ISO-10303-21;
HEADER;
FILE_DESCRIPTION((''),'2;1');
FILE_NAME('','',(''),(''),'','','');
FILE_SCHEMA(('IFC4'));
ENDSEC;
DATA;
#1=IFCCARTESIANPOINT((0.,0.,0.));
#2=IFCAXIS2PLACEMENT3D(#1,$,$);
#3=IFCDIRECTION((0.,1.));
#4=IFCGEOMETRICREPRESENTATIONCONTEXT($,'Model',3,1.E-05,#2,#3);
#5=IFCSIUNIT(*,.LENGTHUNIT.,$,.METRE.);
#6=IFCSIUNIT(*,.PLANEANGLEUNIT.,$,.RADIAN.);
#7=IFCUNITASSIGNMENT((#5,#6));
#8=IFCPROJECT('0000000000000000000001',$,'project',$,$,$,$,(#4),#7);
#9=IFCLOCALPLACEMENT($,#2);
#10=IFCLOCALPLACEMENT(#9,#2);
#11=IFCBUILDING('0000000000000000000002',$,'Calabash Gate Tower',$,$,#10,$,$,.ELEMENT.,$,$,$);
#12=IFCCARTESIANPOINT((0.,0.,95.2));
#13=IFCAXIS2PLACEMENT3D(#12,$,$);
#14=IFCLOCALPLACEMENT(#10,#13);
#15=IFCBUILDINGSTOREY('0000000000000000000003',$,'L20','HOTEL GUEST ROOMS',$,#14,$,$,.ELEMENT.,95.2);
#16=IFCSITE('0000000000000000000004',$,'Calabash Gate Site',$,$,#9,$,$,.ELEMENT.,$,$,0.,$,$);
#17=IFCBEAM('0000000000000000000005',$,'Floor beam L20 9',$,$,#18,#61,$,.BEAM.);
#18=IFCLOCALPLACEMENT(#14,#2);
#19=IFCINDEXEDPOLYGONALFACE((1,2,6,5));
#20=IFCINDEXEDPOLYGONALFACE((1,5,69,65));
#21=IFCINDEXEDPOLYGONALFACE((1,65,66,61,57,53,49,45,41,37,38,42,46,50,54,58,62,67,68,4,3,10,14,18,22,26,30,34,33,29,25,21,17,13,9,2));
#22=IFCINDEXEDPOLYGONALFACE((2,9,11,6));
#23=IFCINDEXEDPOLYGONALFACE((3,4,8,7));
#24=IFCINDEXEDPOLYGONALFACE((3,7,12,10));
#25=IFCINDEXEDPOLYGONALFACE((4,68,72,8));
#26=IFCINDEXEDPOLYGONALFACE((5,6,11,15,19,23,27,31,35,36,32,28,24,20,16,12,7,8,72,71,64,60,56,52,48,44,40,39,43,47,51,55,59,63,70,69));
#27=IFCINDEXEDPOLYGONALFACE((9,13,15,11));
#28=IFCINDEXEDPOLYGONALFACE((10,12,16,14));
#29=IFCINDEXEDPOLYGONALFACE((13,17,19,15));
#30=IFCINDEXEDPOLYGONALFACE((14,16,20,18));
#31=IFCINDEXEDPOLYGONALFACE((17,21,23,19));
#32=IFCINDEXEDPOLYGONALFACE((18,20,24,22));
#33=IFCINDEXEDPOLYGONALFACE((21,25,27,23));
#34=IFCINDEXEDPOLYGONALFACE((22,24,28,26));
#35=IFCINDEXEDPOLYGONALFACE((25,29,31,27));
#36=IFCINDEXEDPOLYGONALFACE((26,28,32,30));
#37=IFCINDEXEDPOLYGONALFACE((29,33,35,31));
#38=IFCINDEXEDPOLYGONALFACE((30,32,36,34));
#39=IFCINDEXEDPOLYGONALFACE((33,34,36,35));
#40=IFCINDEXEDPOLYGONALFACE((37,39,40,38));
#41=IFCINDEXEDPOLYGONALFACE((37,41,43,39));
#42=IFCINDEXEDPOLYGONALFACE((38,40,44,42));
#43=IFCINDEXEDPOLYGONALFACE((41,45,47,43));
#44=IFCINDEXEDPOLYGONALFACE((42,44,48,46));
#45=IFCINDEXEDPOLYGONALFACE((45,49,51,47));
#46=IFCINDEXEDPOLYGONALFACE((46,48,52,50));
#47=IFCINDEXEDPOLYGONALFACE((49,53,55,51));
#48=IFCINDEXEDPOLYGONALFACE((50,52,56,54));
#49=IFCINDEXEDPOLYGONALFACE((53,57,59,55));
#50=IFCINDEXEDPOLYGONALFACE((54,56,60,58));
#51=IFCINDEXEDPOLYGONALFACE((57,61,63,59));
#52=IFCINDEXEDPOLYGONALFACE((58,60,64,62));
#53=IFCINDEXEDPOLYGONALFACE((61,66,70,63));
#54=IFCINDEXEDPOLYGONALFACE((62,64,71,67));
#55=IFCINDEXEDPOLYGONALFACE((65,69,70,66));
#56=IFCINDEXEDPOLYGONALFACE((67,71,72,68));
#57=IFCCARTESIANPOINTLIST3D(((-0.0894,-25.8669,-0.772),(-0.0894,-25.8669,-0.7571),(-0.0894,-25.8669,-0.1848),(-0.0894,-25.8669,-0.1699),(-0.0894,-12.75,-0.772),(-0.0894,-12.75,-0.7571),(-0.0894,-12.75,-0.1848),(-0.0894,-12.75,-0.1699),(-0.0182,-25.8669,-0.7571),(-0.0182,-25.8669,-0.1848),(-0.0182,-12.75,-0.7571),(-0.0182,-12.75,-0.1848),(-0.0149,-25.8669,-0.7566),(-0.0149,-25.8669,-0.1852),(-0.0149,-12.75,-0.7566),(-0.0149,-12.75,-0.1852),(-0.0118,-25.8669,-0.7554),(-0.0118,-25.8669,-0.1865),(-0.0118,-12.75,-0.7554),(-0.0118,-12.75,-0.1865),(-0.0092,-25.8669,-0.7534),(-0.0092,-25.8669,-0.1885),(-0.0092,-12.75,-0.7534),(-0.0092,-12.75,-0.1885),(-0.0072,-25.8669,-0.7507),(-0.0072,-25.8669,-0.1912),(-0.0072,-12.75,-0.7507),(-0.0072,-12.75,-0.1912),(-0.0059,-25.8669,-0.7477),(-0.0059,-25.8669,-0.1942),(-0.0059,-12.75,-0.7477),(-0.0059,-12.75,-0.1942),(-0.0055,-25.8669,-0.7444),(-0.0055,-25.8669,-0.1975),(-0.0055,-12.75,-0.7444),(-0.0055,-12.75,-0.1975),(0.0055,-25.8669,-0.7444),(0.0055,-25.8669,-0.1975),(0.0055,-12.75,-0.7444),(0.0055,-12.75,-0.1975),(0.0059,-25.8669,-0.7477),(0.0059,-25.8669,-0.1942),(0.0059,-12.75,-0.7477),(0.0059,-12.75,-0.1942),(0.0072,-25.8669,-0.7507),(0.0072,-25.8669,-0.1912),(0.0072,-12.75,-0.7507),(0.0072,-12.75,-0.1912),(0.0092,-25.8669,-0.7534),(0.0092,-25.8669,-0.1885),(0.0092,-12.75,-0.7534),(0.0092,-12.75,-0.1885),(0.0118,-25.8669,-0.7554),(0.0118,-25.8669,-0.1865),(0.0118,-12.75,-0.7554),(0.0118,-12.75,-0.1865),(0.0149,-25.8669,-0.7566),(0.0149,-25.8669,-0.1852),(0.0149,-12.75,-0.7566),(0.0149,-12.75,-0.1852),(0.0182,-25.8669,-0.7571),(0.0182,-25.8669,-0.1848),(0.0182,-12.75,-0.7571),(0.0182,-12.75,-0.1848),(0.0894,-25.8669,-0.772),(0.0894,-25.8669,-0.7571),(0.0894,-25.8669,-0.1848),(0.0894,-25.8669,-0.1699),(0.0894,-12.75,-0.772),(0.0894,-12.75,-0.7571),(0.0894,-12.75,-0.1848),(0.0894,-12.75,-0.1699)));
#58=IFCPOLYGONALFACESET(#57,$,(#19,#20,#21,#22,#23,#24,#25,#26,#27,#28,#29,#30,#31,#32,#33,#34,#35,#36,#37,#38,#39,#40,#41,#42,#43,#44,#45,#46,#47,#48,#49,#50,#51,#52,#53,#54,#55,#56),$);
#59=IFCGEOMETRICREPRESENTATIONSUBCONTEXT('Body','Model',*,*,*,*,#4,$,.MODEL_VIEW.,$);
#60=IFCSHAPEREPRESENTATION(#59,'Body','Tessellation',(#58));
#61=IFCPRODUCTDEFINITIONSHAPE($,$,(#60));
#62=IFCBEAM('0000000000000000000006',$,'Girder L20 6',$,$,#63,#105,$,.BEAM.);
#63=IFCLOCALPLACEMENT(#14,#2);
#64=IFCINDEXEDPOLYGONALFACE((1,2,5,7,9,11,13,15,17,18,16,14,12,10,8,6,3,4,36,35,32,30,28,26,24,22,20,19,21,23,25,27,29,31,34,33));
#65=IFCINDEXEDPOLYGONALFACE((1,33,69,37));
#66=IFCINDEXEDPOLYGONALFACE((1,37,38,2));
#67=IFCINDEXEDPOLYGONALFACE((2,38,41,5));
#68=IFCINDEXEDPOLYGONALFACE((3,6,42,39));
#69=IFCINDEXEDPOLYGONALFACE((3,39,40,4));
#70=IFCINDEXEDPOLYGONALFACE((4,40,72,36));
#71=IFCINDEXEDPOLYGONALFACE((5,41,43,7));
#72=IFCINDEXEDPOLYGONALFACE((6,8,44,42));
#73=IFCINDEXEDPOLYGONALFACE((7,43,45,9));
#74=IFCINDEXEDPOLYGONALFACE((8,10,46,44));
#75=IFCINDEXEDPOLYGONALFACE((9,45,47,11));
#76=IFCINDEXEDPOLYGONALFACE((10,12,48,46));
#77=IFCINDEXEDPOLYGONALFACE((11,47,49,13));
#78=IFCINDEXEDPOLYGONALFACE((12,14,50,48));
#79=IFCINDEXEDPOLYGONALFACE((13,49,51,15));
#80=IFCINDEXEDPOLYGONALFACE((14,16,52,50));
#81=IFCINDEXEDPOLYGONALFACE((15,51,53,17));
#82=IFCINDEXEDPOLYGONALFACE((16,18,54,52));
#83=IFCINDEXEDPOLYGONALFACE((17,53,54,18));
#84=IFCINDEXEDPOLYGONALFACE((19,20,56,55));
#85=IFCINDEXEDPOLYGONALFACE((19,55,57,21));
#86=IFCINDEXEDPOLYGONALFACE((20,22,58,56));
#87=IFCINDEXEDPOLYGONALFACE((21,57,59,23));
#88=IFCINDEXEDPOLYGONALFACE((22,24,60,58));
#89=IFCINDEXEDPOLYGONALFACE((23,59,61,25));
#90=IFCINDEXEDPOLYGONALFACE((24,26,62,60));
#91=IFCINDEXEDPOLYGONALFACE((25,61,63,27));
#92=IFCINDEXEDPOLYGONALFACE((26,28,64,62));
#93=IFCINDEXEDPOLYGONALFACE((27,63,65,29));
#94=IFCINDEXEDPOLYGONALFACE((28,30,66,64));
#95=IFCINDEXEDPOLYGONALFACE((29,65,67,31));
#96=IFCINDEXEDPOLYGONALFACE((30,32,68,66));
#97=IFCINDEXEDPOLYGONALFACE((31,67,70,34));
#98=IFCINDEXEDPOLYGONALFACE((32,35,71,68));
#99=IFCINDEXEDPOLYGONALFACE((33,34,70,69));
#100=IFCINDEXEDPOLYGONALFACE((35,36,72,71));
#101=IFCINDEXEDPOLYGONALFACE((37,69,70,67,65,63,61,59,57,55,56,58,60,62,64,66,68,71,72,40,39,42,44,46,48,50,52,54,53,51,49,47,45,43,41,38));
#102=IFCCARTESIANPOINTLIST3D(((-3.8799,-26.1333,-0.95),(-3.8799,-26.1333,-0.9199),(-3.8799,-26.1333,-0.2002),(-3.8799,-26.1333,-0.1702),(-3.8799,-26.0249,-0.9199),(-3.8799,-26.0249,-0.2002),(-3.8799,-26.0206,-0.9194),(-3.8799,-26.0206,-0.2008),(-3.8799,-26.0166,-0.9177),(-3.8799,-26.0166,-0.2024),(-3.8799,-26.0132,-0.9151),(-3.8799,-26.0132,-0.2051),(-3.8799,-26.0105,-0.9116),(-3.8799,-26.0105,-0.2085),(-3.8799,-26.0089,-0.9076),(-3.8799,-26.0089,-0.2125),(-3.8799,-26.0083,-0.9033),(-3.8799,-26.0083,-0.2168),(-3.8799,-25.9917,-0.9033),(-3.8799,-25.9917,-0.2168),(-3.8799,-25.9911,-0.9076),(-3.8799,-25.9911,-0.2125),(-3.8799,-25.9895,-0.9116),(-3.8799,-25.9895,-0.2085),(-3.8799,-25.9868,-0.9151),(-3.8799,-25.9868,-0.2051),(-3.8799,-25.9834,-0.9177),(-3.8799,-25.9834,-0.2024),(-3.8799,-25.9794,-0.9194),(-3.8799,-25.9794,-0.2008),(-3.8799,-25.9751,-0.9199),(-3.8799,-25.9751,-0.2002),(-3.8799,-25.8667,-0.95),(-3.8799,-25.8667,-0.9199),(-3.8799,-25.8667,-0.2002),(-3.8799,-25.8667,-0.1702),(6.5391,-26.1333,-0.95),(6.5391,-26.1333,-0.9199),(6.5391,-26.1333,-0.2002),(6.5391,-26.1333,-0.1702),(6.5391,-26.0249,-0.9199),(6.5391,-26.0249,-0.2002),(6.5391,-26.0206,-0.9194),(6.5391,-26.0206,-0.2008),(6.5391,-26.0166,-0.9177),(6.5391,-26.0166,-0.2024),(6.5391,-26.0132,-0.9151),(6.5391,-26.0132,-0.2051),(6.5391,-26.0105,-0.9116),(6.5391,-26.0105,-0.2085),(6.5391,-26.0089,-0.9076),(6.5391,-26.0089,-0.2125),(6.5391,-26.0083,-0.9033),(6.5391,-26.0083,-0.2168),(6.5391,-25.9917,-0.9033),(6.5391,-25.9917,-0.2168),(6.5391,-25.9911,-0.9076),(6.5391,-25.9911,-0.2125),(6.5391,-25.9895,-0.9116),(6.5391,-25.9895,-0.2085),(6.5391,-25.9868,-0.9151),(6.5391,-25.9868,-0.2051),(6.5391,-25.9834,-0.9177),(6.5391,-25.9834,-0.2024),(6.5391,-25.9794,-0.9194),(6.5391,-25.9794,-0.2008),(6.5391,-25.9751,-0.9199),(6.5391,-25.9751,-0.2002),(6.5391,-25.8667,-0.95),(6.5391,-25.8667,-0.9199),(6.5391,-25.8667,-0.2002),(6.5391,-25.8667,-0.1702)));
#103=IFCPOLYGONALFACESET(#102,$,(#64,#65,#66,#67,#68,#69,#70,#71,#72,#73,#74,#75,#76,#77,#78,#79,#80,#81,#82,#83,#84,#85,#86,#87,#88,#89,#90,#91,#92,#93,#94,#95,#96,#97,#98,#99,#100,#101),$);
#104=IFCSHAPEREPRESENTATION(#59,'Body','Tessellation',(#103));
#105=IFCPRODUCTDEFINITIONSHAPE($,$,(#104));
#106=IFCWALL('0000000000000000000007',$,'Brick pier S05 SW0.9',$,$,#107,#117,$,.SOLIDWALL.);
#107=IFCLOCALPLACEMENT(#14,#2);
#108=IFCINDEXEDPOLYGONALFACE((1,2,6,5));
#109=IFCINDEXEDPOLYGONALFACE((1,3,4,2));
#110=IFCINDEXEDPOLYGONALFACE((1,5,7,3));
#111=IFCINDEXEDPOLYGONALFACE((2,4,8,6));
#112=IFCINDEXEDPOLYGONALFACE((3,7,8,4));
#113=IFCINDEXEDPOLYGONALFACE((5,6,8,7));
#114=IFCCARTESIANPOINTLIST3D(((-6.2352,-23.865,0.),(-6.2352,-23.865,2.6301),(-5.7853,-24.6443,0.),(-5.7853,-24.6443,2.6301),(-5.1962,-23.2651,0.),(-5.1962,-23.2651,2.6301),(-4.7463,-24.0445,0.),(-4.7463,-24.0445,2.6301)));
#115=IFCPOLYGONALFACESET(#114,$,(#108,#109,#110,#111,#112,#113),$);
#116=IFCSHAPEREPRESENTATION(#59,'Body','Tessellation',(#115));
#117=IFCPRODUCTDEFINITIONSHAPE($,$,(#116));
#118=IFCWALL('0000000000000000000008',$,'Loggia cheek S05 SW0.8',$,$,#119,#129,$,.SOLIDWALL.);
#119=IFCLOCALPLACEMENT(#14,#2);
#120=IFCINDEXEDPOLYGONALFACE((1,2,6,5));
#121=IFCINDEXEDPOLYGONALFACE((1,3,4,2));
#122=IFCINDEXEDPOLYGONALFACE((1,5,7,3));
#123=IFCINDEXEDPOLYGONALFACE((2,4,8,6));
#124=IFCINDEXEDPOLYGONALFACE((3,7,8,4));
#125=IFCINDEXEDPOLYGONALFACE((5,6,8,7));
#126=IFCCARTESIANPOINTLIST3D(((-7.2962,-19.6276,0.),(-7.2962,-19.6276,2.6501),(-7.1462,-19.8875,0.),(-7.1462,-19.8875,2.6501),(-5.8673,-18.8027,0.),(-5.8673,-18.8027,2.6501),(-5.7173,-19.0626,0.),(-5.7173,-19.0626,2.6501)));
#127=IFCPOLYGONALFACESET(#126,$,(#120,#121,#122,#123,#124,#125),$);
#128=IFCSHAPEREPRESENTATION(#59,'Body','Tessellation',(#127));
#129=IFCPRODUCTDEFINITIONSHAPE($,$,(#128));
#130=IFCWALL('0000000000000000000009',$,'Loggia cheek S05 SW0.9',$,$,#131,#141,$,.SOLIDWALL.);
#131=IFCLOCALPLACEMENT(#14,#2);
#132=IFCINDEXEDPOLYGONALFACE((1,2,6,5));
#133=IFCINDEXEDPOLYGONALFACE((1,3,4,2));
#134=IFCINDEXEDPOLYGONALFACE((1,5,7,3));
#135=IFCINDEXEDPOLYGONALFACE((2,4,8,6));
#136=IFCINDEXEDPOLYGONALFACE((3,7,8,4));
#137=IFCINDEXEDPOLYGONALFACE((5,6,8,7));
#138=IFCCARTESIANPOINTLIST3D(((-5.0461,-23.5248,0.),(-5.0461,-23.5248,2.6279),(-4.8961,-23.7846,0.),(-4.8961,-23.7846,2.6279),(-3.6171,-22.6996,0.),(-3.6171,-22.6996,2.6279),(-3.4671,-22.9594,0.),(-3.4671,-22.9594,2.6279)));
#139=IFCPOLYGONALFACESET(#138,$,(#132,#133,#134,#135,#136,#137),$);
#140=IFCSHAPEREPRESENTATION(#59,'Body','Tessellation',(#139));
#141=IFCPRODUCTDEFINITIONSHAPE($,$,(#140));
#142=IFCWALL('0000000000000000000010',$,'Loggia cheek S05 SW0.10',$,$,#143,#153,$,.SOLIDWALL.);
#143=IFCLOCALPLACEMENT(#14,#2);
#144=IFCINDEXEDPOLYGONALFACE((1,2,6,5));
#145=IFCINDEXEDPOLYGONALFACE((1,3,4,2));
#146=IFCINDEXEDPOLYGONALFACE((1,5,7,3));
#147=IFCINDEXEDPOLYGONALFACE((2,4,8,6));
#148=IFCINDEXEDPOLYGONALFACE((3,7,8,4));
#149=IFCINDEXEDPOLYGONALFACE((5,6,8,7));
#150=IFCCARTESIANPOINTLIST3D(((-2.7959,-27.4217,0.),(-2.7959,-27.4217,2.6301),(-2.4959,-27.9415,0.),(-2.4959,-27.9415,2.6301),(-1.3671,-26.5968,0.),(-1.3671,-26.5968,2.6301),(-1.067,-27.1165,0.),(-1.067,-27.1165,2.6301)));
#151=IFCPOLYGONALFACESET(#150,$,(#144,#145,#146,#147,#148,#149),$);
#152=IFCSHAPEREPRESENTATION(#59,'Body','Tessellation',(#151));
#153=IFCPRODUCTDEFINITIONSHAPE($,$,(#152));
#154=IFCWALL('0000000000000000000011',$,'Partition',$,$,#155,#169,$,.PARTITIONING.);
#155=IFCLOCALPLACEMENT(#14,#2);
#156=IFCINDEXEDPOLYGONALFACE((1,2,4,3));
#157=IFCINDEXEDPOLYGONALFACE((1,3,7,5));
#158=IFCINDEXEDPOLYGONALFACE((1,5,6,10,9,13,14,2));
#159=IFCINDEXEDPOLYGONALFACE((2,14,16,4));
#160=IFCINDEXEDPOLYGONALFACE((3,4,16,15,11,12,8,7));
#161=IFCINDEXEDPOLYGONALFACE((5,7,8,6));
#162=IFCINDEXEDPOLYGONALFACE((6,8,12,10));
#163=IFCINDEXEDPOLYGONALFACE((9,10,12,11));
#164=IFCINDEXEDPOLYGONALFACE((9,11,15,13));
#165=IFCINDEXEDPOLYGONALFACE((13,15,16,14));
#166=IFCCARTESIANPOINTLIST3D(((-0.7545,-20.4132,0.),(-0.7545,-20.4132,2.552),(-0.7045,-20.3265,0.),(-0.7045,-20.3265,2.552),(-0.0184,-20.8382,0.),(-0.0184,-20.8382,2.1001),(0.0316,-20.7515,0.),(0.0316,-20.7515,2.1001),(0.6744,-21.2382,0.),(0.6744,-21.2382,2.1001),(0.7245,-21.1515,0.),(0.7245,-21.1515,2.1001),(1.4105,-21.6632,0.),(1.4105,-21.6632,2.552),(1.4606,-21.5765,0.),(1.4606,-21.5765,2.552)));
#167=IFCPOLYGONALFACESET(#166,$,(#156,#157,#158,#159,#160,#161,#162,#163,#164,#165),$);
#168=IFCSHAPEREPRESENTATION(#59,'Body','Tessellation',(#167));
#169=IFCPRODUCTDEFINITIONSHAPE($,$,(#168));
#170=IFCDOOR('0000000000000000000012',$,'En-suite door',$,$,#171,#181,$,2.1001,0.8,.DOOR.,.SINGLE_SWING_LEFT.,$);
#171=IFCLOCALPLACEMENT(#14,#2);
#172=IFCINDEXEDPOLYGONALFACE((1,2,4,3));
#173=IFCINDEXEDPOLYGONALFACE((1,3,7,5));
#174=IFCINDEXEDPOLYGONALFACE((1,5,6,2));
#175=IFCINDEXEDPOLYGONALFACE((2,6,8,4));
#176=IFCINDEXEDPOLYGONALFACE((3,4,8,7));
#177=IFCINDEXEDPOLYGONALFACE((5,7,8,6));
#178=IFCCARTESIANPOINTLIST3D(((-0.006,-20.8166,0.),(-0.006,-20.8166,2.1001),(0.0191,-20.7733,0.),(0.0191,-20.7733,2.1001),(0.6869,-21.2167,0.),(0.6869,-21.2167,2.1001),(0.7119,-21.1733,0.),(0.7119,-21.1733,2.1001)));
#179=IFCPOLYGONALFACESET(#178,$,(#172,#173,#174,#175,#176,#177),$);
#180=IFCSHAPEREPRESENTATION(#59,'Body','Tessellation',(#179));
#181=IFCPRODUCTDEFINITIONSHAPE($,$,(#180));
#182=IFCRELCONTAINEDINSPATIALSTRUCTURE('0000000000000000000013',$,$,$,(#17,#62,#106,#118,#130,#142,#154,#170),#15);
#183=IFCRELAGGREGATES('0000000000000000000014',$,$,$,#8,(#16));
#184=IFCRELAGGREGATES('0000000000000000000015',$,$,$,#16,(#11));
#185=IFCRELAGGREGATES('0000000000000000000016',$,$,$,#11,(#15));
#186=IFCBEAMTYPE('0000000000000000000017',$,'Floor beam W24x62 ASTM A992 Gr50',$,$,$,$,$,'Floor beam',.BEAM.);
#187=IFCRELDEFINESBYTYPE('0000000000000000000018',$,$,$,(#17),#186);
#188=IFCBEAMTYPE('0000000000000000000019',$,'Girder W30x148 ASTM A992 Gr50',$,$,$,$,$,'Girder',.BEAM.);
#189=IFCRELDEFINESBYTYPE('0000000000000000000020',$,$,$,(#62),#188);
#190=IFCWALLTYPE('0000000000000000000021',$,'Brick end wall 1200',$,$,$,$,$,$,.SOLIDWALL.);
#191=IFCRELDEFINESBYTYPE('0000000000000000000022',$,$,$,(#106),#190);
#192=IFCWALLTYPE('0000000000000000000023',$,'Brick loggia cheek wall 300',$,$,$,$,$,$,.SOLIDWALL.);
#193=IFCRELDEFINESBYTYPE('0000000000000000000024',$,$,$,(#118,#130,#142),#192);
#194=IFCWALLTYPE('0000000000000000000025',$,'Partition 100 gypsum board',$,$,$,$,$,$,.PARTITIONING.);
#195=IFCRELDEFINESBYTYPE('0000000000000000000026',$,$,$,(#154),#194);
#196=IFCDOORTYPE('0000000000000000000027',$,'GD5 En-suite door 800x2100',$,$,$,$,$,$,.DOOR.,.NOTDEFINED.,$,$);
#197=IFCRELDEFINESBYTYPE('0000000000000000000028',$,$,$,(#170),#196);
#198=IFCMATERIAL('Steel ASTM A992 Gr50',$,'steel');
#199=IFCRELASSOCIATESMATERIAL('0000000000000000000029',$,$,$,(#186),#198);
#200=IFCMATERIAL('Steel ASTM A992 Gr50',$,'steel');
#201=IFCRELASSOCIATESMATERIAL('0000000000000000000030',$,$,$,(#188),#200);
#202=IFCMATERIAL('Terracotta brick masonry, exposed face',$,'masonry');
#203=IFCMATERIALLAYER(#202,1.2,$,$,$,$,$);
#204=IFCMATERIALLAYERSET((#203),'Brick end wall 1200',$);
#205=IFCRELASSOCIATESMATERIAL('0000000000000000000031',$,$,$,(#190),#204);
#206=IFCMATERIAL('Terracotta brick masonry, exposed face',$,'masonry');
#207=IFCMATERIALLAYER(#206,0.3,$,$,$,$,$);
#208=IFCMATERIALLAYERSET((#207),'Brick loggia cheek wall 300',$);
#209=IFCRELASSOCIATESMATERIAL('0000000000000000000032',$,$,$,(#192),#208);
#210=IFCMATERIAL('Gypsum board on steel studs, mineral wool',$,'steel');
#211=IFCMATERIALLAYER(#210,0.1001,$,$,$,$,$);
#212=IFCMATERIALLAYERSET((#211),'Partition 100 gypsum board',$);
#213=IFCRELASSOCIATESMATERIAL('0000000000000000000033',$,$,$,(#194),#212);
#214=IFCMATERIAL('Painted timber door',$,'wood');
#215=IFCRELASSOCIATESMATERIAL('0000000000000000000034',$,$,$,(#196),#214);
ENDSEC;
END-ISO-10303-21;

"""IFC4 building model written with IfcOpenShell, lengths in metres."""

from ifc_helpers import new_model, si_unit, direction, frame, frame_2d, origin, origin_2d, place, context, subcontext, project, spatial, rectangle, i_section, extrude, material, layer, layer_set, material_profile, profile_set, type_object, element, fill, save


model = new_model("IFC4")

# Units and contexts
model_context = context("Model", 3, precision=1e-05, world=origin(), true_north=direction((0.0, 1.0)))
body_context = subcontext(model_context, "Body", "Model", "MODEL_VIEW")
ifc_project = project(units=[si_unit("LENGTHUNIT", "METRE"), si_unit("PLANEANGLEUNIT", "RADIAN")], contexts=[model_context])

# Site, building, storey
site_placement = place(None, origin())
site = spatial("IfcSite", under=ifc_project, at=site_placement, Name="Calabash Gate Site", CompositionType="ELEMENT", RefElevation=0.0)
building_placement = place(site_placement, origin())
building = spatial("IfcBuilding", under=site, at=building_placement, Name="Calabash Gate Tower", CompositionType="ELEMENT")
storey_placement = place(building_placement, frame((0.0, 0.0, 95.2)))
storey = spatial("IfcBuildingStorey", under=building, at=storey_placement, Name="L20", Description="HOTEL GUEST ROOMS", CompositionType="ELEMENT", Elevation=95.2)

# Beams
ifc_material_1 = material(Name="Steel ASTM A992 Gr50", Category="steel")
ifc_material_profile_1 = material_profile(ifc_material_1, i_section(OverallWidth=0.1787, OverallDepth=0.6021, WebThickness=0.011, FlangeThickness=0.0149, FilletRadius=0.0127, at=origin_2d()))
ifc_profile_set_1 = profile_set([ifc_material_profile_1], Name="Steel ASTM A992 Gr50")
beam_type_1 = type_object("IfcBeamType", Name="Floor beam W24x62 ASTM A992 Gr50", ElementType="Floor beam", PredefinedType="BEAM", material=ifc_profile_set_1)
beam_1_placement = place(storey_placement, frame((0.0, -25.8669, -0.4709), z_axis=(0.0, 1.0, 0.0), x_axis=(-1.0, 0.0, 0.0)))
element("IfcBeam", 1, at=beam_1_placement, inside=storey, type_object=beam_type_1, Name="Floor beam L20 9", PredefinedType="BEAM", context=body_context, shape_type="SweptSolid", body=[
    extrude(i_section(OverallWidth=0.1787, OverallDepth=0.6021, WebThickness=0.011, FlangeThickness=0.0149, FilletRadius=0.0127, at=origin_2d()), origin(), (0.0, 0.0, 1.0), 13.1169),
])
ifc_material_2 = material(Name="Steel ASTM A992 Gr50", Category="steel")
ifc_material_profile_2 = material_profile(ifc_material_2, i_section(OverallWidth=0.2666, OverallDepth=0.7798, WebThickness=0.0166, FlangeThickness=0.03, FilletRadius=0.0166, at=origin_2d()))
ifc_profile_set_2 = profile_set([ifc_material_profile_2], Name="Steel ASTM A992 Gr50")
beam_type_2 = type_object("IfcBeamType", Name="Girder W30x148 ASTM A992 Gr50", ElementType="Girder", PredefinedType="BEAM", material=ifc_profile_set_2)
beam_2_placement = place(storey_placement, frame((-3.8799, -26.0, -0.5601), z_axis=(1.0, 0.0, 0.0), x_axis=(0.0, 1.0, 0.0)))
element("IfcBeam", 2, at=beam_2_placement, inside=storey, type_object=beam_type_2, Name="Girder L20 6", PredefinedType="BEAM", context=body_context, shape_type="SweptSolid", body=[
    extrude(i_section(OverallWidth=0.2666, OverallDepth=0.7798, WebThickness=0.0166, FlangeThickness=0.03, FilletRadius=0.0166, at=origin_2d()), origin(), (0.0, 0.0, 1.0), 10.4189),
])

# Walls
ifc_material_3 = material(Name="Terracotta brick masonry, exposed face", Category="masonry")
ifc_layer_1 = layer(ifc_material_3, 1.2)
ifc_layer_set_1 = layer_set([ifc_layer_1], Name="Brick end wall 1200")
wall_type_1 = type_object("IfcWallType", Name="Brick end wall 1200", PredefinedType="SOLIDWALL", material=ifc_layer_set_1)
wall_1_placement = place(storey_placement, frame((-6.0103, -24.2546, 0.0), z_axis=(0.0, 0.0, 1.0), x_axis=(0.866043, 0.499969, 0.0)))
element("IfcWall", 3, at=wall_1_placement, inside=storey, type_object=wall_type_1, Name="Brick pier S05 SW0.9", PredefinedType="SOLIDWALL", context=body_context, shape_type="SweptSolid", body=[
    extrude(rectangle(XDim=1.1997, YDim=0.8999, at=frame_2d((0.5999, 0.0))), origin(), (0.0, 0.0, 1.0), 2.6301),
])
ifc_material_4 = material(Name="Terracotta brick masonry, exposed face", Category="masonry")
ifc_layer_2 = layer(ifc_material_4, 0.3)
ifc_layer_set_2 = layer_set([ifc_layer_2], Name="Brick loggia cheek wall 300")
wall_type_2 = type_object("IfcWallType", Name="Brick loggia cheek wall 300", PredefinedType="SOLIDWALL", material=ifc_layer_set_2)
wall_2_placement = place(storey_placement, frame((-7.2212, -19.7576, 0.0), z_axis=(0.0, 0.0, 1.0), x_axis=(0.86604, 0.499974, 0.0)))
element("IfcWall", 4, at=wall_2_placement, inside=storey, type_object=wall_type_2, Name="Loggia cheek S05 SW0.8", PredefinedType="SOLIDWALL", context=body_context, shape_type="SweptSolid", body=[
    extrude(rectangle(XDim=1.6499, YDim=0.3, at=frame_2d((0.825, 0.0))), origin(), (0.0, 0.0, 1.0), 2.6501),
])
wall_3_placement = place(storey_placement, frame((-4.9712, -23.6548, 0.0), z_axis=(0.0, 0.0, 1.0), x_axis=(0.865976, 0.500085, 0.0)))
element("IfcWall", 5, at=wall_3_placement, inside=storey, type_object=wall_type_2, Name="Loggia cheek S05 SW0.9", PredefinedType="SOLIDWALL", context=body_context, shape_type="SweptSolid", body=[
    extrude(rectangle(XDim=1.6501, YDim=0.3, at=frame_2d((0.8252, 0.0))), origin(), (0.0, 0.0, 1.0), 2.6279),
])
wall_4_placement = place(storey_placement, frame((-1.217, -26.8567, 0.0), z_axis=(0.0, 0.0, 1.0), x_axis=(-0.86604, -0.499974, 0.0)))
element("IfcWall", 6, at=wall_4_placement, inside=storey, type_object=wall_type_2, Name="Loggia cheek S05 SW0.10", PredefinedType="SOLIDWALL", context=body_context, shape_type="SweptSolid", body=[
    extrude(rectangle(XDim=1.6499, YDim=0.6001, at=frame_2d((0.825, 0.0))), origin(), (0.0, 0.0, 1.0), 2.6301),
])

# Wall, opening, door
ifc_material_5 = material(Name="Gypsum board on steel studs, mineral wool", Category="steel")
ifc_layer_3 = layer(ifc_material_5, 0.1001)
ifc_layer_set_3 = layer_set([ifc_layer_3], Name="Partition 100 gypsum board")
wall_type_3 = type_object("IfcWallType", Name="Partition 100 gypsum board", PredefinedType="PARTITIONING", material=ifc_layer_set_3)
wall_5_placement = place(storey_placement, frame((-0.7295, -20.3699, 0.0), z_axis=(0.0, 0.0, 1.0), x_axis=(0.866023, -0.500004, 0.0)))
wall_5 = element("IfcWall", 7, at=wall_5_placement, inside=storey, type_object=wall_type_3, Name="Partition", PredefinedType="PARTITIONING", context=body_context, shape_type="SweptSolid", body=[
    extrude(rectangle(XDim=2.5, YDim=0.1001, at=frame_2d((1.25, 0.0))), origin(), (0.0, 0.0, 1.0), 2.552),
])
opening_1_placement = place(wall_5_placement, frame((0.8501, 0.0, 0.0)))
opening_1 = element("IfcOpeningElement", 8, at=opening_1_placement, cuts=wall_5, PredefinedType="OPENING", context=body_context, shape_type="SweptSolid", body=[
    extrude(rectangle(XDim=0.8, YDim=2.1001, at=frame_2d((0.3999, 1.05))), frame((0.0, 0.0601, 0.0), z_axis=(0.0, -1.0, 0.0), x_axis=(1.0, 0.0, 0.0)), (0.0, 0.0, 1.0), 0.1201),
])
ifc_material_6 = material(Name="Painted timber door", Category="wood")
door_type_1 = type_object("IfcDoorType", Name="GD5 En-suite door 800x2100", OperationType="NOTDEFINED", PredefinedType="DOOR", material=ifc_material_6)
door_1_placement = place(opening_1_placement, origin())
door_1 = element("IfcDoor", 9, at=door_1_placement, inside=storey, type_object=door_type_1, Name="En-suite door", OperationType="SINGLE_SWING_LEFT", OverallHeight=2.1001, OverallWidth=0.8, PredefinedType="DOOR", context=body_context, shape_type="SweptSolid", body=[
    extrude(rectangle(XDim=0.8, YDim=2.1001, at=frame_2d((0.3999, 1.05))), frame((0.0, 0.0249, 0.0), z_axis=(0.0, -1.0, 0.0), x_axis=(1.0, 0.0, 0.0)), (0.0, 0.0, 1.0), 0.05),
])
fill(opening_1, door_1)

save(model, "model.ifc")
